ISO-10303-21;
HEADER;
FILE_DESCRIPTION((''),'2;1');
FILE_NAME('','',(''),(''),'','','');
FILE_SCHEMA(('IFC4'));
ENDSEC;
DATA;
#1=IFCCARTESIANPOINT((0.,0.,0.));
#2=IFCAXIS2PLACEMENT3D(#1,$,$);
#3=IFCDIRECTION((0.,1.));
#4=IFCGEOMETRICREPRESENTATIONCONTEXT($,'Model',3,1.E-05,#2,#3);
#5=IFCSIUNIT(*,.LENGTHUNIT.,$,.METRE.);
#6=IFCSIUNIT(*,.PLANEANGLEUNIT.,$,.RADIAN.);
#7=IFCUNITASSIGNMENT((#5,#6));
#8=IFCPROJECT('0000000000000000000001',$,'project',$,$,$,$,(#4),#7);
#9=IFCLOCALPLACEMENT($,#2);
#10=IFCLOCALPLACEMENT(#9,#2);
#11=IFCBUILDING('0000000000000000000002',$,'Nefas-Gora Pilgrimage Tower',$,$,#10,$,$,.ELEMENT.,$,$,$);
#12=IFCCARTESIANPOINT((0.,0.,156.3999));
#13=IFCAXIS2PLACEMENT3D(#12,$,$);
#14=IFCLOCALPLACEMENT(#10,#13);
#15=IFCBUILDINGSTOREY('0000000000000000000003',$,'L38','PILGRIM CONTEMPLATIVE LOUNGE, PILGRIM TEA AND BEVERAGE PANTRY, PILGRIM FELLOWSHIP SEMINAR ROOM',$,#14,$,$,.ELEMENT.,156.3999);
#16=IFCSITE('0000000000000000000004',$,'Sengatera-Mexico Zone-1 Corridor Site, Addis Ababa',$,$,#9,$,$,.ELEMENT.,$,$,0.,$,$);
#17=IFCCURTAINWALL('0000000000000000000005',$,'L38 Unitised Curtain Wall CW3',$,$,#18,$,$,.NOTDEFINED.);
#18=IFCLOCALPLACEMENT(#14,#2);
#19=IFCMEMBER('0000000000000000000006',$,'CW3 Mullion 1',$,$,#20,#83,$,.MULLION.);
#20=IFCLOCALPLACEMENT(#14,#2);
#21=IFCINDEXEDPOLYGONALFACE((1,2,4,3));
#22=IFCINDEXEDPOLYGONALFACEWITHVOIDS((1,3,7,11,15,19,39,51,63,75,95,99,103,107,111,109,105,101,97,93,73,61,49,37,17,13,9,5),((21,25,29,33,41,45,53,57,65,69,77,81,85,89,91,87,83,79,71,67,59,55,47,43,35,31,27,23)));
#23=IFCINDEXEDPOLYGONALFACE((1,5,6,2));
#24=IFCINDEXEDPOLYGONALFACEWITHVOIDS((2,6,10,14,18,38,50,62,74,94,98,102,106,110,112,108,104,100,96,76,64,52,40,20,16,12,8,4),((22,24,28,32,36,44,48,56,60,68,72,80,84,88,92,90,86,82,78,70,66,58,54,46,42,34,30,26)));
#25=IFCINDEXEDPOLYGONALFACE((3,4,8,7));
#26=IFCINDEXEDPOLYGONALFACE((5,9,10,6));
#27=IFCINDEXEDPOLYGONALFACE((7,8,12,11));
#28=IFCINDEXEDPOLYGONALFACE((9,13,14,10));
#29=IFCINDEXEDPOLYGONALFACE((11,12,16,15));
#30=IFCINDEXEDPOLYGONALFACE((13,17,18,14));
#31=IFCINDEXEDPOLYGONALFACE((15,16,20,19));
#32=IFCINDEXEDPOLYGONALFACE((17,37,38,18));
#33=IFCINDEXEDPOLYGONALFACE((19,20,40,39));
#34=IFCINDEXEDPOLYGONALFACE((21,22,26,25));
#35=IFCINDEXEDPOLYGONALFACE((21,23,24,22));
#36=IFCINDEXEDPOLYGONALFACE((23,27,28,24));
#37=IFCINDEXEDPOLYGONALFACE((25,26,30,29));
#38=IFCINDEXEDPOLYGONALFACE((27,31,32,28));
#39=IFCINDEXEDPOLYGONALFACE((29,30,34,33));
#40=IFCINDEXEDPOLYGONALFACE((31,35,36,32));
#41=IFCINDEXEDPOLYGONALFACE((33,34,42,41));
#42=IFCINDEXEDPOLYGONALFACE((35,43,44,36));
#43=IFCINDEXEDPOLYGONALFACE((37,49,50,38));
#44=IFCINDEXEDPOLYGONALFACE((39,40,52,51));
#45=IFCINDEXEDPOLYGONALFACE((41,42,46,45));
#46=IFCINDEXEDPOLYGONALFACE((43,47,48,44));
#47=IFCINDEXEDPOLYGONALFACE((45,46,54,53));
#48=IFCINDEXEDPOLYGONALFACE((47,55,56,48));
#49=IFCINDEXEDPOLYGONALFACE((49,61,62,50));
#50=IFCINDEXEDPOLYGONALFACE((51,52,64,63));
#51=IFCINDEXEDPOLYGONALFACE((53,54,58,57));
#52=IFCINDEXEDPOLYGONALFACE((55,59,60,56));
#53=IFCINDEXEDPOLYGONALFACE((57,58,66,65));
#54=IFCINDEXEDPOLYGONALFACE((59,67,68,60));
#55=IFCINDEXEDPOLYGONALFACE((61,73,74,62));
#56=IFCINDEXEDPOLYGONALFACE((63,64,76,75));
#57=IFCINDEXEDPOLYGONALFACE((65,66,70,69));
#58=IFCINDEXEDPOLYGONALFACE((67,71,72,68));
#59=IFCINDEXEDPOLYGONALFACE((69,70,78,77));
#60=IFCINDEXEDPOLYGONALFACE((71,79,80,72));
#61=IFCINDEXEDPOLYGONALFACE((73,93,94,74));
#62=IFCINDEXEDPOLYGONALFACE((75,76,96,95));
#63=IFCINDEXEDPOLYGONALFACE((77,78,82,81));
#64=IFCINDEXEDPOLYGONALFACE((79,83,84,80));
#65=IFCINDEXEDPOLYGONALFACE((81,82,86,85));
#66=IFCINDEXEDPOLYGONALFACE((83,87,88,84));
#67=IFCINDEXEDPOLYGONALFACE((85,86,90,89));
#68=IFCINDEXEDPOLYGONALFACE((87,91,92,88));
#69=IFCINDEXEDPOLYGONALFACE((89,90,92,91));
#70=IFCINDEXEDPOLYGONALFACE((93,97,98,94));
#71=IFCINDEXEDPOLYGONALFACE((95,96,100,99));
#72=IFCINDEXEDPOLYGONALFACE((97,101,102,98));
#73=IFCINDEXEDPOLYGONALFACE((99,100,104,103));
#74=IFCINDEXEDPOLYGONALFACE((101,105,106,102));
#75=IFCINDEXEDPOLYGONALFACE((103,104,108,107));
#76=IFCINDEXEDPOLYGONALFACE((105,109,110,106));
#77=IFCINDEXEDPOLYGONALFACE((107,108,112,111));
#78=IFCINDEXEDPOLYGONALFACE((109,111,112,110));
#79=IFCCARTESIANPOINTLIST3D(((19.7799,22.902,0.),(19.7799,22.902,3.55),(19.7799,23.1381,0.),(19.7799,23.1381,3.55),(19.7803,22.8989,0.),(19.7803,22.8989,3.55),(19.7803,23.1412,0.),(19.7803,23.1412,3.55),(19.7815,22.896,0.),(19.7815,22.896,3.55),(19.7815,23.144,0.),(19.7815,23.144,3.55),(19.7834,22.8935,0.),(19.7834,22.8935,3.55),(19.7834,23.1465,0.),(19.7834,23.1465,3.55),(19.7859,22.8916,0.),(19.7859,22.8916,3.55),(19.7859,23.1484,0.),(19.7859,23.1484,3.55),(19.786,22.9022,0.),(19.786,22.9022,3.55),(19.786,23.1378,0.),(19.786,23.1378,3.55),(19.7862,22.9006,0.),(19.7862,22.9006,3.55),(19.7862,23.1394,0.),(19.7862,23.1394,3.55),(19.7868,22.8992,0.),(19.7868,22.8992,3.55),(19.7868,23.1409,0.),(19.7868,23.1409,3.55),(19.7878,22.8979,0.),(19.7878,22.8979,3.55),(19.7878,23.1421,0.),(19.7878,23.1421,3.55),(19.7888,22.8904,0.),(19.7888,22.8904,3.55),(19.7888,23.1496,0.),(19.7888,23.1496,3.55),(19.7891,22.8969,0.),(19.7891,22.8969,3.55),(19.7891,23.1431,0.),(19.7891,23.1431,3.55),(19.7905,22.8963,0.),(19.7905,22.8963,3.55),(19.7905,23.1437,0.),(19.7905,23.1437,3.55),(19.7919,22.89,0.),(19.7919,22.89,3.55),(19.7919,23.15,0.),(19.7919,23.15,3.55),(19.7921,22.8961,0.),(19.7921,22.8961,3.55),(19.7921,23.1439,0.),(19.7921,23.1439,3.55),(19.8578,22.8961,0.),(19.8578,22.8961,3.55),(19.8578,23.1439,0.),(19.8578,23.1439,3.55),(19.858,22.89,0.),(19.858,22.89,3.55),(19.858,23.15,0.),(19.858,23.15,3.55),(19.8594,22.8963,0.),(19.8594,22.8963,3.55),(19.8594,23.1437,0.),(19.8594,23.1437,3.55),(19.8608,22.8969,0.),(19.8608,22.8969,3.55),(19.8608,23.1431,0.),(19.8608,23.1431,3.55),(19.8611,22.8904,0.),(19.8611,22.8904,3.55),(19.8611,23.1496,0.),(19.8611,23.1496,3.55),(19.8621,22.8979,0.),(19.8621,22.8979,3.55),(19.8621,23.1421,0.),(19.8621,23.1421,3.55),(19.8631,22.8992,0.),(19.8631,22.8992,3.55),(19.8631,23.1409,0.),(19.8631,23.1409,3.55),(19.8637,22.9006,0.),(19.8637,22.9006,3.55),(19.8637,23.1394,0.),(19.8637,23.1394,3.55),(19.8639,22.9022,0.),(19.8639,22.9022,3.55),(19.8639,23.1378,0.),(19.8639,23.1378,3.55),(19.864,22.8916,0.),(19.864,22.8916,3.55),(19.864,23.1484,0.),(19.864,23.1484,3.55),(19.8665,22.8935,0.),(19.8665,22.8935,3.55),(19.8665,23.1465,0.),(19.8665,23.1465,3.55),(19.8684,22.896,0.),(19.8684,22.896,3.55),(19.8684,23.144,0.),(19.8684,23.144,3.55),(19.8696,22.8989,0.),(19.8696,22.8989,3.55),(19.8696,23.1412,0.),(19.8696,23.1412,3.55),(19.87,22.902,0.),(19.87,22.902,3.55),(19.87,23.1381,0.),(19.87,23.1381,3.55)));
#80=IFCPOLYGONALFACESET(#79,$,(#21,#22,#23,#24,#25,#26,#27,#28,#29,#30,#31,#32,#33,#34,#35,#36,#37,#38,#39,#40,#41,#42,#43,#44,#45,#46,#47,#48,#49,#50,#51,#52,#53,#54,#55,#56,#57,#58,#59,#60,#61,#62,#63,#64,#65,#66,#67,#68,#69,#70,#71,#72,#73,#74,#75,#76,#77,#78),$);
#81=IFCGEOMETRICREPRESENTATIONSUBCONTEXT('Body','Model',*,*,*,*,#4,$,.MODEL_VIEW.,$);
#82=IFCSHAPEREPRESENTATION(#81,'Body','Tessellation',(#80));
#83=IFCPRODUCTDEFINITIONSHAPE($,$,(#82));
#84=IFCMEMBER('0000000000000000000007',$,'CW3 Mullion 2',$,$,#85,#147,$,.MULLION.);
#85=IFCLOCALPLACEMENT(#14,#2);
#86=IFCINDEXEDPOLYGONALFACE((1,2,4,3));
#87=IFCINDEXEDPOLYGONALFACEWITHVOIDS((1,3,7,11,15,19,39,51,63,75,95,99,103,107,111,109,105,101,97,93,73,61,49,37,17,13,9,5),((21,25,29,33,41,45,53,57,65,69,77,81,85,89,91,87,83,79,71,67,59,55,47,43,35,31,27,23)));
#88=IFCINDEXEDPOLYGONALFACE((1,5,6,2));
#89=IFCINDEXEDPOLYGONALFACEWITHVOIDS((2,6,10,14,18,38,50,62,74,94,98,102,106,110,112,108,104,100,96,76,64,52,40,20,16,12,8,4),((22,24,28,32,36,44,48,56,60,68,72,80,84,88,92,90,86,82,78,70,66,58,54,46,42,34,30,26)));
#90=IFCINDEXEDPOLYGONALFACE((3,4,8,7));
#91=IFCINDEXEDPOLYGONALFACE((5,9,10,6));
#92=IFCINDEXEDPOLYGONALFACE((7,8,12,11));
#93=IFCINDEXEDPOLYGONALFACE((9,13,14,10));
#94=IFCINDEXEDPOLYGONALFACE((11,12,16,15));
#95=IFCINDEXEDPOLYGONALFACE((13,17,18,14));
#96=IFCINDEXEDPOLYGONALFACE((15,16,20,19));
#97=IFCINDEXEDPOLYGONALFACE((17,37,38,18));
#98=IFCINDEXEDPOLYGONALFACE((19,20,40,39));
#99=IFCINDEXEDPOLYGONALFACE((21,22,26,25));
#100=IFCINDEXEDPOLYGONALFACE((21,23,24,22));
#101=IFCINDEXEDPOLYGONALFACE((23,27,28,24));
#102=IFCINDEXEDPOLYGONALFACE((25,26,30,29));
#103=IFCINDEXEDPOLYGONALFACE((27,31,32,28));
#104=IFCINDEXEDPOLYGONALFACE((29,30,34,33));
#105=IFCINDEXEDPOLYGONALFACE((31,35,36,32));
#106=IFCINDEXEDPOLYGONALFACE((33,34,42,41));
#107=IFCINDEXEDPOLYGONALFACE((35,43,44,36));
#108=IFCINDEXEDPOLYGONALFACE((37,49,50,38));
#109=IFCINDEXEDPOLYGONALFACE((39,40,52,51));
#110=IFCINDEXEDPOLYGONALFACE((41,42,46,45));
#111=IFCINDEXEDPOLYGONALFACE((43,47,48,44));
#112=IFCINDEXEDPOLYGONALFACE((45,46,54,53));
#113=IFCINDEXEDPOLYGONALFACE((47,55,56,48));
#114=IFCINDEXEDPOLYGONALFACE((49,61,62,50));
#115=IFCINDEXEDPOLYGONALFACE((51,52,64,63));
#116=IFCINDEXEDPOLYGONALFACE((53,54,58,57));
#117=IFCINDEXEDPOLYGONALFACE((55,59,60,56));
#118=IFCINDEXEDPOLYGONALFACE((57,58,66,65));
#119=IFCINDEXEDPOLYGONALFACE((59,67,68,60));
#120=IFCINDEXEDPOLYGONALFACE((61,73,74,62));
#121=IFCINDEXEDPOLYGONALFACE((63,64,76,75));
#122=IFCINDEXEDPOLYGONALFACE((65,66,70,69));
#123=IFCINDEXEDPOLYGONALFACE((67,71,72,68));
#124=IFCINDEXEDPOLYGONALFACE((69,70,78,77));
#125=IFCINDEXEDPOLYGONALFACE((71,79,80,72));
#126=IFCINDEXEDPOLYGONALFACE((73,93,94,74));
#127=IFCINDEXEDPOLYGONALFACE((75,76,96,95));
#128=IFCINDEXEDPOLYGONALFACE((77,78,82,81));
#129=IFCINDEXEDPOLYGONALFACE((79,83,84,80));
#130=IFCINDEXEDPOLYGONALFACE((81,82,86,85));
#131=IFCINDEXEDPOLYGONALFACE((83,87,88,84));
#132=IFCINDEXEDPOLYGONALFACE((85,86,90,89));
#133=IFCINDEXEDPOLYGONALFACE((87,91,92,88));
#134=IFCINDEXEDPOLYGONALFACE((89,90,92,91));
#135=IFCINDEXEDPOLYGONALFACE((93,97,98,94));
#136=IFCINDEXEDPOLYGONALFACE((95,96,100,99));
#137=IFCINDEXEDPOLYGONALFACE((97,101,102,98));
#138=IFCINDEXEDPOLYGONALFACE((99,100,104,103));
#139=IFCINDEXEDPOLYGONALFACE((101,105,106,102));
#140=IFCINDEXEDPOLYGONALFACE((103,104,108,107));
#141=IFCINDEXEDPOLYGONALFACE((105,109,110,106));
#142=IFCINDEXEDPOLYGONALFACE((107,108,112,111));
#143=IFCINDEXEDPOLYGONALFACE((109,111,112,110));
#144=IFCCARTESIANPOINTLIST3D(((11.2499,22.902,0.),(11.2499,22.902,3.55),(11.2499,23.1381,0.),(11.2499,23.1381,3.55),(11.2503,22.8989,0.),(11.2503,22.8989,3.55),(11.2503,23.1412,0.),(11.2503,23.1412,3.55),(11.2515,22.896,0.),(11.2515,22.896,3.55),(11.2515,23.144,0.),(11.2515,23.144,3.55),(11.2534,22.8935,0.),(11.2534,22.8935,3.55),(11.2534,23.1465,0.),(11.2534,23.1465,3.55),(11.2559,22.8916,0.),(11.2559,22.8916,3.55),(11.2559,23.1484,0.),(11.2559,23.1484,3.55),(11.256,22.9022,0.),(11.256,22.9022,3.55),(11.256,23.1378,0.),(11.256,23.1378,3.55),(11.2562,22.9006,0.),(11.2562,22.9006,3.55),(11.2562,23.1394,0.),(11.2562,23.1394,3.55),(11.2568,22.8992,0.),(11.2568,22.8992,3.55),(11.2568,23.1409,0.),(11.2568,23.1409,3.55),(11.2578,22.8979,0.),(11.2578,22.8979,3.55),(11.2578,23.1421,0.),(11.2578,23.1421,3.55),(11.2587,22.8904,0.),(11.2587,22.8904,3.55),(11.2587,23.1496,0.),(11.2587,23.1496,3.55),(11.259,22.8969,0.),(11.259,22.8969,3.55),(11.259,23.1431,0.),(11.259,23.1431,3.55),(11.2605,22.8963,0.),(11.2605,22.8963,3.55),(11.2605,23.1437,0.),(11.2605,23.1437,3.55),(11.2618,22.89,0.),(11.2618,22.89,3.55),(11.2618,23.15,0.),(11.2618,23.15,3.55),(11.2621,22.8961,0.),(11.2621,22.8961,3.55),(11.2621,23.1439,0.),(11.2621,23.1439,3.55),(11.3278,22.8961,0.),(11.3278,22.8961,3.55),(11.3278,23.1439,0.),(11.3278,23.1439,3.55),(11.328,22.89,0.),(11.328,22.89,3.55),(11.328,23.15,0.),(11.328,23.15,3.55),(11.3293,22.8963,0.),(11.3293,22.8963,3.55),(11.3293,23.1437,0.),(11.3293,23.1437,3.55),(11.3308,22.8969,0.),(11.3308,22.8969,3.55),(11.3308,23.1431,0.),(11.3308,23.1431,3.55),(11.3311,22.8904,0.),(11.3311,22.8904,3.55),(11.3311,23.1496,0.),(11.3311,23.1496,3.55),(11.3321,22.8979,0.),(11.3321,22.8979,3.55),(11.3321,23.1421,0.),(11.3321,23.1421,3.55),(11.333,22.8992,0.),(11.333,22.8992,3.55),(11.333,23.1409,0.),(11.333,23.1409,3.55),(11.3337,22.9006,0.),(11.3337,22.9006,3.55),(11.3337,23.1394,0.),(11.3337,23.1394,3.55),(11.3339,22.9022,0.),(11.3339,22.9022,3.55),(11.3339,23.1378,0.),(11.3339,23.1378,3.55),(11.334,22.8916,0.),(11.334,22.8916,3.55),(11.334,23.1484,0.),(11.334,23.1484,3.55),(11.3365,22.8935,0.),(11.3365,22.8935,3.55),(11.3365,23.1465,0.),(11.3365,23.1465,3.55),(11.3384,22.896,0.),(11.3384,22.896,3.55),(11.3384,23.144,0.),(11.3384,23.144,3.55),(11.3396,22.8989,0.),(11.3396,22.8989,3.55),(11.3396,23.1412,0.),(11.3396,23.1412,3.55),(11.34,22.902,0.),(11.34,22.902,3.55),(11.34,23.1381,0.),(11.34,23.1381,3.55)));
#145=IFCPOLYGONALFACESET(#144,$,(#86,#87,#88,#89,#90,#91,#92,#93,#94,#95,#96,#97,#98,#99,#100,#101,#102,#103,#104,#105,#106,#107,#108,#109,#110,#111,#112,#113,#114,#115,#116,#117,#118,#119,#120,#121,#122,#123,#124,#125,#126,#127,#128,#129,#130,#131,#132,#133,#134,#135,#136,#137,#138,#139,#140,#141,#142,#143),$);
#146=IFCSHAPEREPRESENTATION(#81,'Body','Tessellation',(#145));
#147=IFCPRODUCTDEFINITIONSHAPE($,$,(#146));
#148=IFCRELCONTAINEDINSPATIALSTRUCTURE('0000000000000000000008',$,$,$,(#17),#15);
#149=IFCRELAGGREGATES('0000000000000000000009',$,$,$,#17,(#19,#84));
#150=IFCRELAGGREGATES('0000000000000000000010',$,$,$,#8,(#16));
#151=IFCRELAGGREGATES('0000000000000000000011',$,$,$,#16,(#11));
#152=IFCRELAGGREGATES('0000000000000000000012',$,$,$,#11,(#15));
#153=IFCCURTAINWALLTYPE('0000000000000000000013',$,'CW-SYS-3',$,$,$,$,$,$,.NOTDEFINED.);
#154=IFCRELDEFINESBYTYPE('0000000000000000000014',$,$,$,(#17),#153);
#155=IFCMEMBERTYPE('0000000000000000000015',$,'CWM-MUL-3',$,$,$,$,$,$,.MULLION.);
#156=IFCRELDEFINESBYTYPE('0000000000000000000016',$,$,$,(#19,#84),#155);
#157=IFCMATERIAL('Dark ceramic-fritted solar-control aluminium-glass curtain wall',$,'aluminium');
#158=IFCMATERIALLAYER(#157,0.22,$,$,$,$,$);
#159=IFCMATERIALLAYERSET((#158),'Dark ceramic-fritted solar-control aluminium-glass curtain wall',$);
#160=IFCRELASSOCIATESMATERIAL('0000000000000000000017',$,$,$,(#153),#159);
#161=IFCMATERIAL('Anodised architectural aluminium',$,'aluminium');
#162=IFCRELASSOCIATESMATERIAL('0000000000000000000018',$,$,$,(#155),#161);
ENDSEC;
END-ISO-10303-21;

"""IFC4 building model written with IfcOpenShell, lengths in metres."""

from ifc_helpers import new_model, si_unit, direction, frame, origin, origin_2d, place, context, subcontext, project, spatial, hollow_rectangle, extrude, source, transform, mapped, material, layer, layer_set, material_profile, profile_set, type_object, element, aggregate, save


model = new_model("IFC4")

# Units and contexts
model_context = context("Model", 3, precision=1e-05, world=origin(), true_north=direction((0.0, 1.0)))
body_context = subcontext(model_context, "Body", "Model", "MODEL_VIEW")
ifc_project = project(units=[si_unit("LENGTHUNIT", "METRE"), si_unit("PLANEANGLEUNIT", "RADIAN")], contexts=[model_context])

# Site, building, storey
site_placement = place(None, origin())
site = spatial("IfcSite", under=ifc_project, at=site_placement, Name="Sengatera-Mexico Zone-1 Corridor Site, Addis Ababa", CompositionType="ELEMENT", RefElevation=0.0)
building_placement = place(site_placement, origin())
building = spatial("IfcBuilding", under=site, at=building_placement, Name="Nefas-Gora Pilgrimage Tower", CompositionType="ELEMENT")
storey_placement = place(building_placement, frame((0.0, 0.0, 156.3999)))
storey = spatial("IfcBuildingStorey", under=building, at=storey_placement, Name="L38", Description="PILGRIM CONTEMPLATIVE LOUNGE, PILGRIM TEA AND BEVERAGE PANTRY, PILGRIM FELLOWSHIP SEMINAR ROOM", CompositionType="ELEMENT", Elevation=156.3999)

# Shared definitions
ifc_material_1 = material(Name="Dark ceramic-fritted solar-control aluminium-glass curtain wall", Category="aluminium")
ifc_layer_1 = layer(ifc_material_1, 0.22)
ifc_layer_set_1 = layer_set([ifc_layer_1], Name="Dark ceramic-fritted solar-control aluminium-glass curtain wall")
curtain_wall_type = type_object("IfcCurtainWallType", Name="CW-SYS-3", PredefinedType="NOTDEFINED", material=ifc_layer_set_1)
ifc_material_2 = material(Name="Anodised architectural aluminium", Category="aluminium")
ifc_material_profile_1 = material_profile(ifc_material_2, hollow_rectangle(XDim=0.0901, YDim=0.26, WallThickness=0.0061, InnerFilletRadius=0.0061, OuterFilletRadius=0.012, at=origin_2d()), Name="ALU MULLION 90x260")
ifc_profile_set_1 = profile_set([ifc_material_profile_1], Name="Anodised architectural aluminium")
member_type_1 = type_object("IfcMemberType", Name="CWM-MUL-3", PredefinedType="MULLION", material=ifc_profile_set_1)
shared_shape_1 = source(origin(), body_context, "Body", "SweptSolid", [
    extrude(hollow_rectangle(XDim=0.0901, YDim=0.26, WallThickness=0.0061, InnerFilletRadius=0.0061, OuterFilletRadius=0.012, at=origin_2d()), origin(), (0.0, 0.0, 1.0), 3.55),
])

# Curtain wall, members
curtain_wall_1_placement = place(storey_placement, origin())
curtain_wall_1 = element("IfcCurtainWall", 1, at=curtain_wall_1_placement, inside=storey, type_object=curtain_wall_type, Name="L38 Unitised Curtain Wall CW3", PredefinedType="NOTDEFINED")
member_1_placement = place(storey_placement, frame((19.825, 23.02, 0.0), z_axis=(0.0, 0.0, 1.0), x_axis=(-1.0, 0.0, 0.0)))
member_1 = element("IfcMember", 2, at=member_1_placement, type_object=member_type_1, Name="CW3 Mullion 1", PredefinedType="MULLION", context=body_context, shape_type="MappedRepresentation", body=[
    mapped(shared_shape_1, transform((0.0, 0.0, 0.0), x_axis=(1.0, 0.0, 0.0), y_axis=(0.0, 1.0, 0.0), z_axis=(0.0, 0.0, 1.0), scale=1.0)),
])
member_2_placement = place(storey_placement, frame((11.2949, 23.02, 0.0), z_axis=(0.0, 0.0, 1.0), x_axis=(-1.0, 0.0, 0.0)))
member_2 = element("IfcMember", 3, at=member_2_placement, type_object=member_type_1, Name="CW3 Mullion 2", PredefinedType="MULLION", context=body_context, shape_type="MappedRepresentation", body=[
    mapped(shared_shape_1, transform((0.0, 0.0, 0.0), x_axis=(1.0, 0.0, 0.0), y_axis=(0.0, 1.0, 0.0), z_axis=(0.0, 0.0, 1.0), scale=1.0)),
])
aggregate(curtain_wall_1, [member_1, member_2])

save(model, "model.ifc")
